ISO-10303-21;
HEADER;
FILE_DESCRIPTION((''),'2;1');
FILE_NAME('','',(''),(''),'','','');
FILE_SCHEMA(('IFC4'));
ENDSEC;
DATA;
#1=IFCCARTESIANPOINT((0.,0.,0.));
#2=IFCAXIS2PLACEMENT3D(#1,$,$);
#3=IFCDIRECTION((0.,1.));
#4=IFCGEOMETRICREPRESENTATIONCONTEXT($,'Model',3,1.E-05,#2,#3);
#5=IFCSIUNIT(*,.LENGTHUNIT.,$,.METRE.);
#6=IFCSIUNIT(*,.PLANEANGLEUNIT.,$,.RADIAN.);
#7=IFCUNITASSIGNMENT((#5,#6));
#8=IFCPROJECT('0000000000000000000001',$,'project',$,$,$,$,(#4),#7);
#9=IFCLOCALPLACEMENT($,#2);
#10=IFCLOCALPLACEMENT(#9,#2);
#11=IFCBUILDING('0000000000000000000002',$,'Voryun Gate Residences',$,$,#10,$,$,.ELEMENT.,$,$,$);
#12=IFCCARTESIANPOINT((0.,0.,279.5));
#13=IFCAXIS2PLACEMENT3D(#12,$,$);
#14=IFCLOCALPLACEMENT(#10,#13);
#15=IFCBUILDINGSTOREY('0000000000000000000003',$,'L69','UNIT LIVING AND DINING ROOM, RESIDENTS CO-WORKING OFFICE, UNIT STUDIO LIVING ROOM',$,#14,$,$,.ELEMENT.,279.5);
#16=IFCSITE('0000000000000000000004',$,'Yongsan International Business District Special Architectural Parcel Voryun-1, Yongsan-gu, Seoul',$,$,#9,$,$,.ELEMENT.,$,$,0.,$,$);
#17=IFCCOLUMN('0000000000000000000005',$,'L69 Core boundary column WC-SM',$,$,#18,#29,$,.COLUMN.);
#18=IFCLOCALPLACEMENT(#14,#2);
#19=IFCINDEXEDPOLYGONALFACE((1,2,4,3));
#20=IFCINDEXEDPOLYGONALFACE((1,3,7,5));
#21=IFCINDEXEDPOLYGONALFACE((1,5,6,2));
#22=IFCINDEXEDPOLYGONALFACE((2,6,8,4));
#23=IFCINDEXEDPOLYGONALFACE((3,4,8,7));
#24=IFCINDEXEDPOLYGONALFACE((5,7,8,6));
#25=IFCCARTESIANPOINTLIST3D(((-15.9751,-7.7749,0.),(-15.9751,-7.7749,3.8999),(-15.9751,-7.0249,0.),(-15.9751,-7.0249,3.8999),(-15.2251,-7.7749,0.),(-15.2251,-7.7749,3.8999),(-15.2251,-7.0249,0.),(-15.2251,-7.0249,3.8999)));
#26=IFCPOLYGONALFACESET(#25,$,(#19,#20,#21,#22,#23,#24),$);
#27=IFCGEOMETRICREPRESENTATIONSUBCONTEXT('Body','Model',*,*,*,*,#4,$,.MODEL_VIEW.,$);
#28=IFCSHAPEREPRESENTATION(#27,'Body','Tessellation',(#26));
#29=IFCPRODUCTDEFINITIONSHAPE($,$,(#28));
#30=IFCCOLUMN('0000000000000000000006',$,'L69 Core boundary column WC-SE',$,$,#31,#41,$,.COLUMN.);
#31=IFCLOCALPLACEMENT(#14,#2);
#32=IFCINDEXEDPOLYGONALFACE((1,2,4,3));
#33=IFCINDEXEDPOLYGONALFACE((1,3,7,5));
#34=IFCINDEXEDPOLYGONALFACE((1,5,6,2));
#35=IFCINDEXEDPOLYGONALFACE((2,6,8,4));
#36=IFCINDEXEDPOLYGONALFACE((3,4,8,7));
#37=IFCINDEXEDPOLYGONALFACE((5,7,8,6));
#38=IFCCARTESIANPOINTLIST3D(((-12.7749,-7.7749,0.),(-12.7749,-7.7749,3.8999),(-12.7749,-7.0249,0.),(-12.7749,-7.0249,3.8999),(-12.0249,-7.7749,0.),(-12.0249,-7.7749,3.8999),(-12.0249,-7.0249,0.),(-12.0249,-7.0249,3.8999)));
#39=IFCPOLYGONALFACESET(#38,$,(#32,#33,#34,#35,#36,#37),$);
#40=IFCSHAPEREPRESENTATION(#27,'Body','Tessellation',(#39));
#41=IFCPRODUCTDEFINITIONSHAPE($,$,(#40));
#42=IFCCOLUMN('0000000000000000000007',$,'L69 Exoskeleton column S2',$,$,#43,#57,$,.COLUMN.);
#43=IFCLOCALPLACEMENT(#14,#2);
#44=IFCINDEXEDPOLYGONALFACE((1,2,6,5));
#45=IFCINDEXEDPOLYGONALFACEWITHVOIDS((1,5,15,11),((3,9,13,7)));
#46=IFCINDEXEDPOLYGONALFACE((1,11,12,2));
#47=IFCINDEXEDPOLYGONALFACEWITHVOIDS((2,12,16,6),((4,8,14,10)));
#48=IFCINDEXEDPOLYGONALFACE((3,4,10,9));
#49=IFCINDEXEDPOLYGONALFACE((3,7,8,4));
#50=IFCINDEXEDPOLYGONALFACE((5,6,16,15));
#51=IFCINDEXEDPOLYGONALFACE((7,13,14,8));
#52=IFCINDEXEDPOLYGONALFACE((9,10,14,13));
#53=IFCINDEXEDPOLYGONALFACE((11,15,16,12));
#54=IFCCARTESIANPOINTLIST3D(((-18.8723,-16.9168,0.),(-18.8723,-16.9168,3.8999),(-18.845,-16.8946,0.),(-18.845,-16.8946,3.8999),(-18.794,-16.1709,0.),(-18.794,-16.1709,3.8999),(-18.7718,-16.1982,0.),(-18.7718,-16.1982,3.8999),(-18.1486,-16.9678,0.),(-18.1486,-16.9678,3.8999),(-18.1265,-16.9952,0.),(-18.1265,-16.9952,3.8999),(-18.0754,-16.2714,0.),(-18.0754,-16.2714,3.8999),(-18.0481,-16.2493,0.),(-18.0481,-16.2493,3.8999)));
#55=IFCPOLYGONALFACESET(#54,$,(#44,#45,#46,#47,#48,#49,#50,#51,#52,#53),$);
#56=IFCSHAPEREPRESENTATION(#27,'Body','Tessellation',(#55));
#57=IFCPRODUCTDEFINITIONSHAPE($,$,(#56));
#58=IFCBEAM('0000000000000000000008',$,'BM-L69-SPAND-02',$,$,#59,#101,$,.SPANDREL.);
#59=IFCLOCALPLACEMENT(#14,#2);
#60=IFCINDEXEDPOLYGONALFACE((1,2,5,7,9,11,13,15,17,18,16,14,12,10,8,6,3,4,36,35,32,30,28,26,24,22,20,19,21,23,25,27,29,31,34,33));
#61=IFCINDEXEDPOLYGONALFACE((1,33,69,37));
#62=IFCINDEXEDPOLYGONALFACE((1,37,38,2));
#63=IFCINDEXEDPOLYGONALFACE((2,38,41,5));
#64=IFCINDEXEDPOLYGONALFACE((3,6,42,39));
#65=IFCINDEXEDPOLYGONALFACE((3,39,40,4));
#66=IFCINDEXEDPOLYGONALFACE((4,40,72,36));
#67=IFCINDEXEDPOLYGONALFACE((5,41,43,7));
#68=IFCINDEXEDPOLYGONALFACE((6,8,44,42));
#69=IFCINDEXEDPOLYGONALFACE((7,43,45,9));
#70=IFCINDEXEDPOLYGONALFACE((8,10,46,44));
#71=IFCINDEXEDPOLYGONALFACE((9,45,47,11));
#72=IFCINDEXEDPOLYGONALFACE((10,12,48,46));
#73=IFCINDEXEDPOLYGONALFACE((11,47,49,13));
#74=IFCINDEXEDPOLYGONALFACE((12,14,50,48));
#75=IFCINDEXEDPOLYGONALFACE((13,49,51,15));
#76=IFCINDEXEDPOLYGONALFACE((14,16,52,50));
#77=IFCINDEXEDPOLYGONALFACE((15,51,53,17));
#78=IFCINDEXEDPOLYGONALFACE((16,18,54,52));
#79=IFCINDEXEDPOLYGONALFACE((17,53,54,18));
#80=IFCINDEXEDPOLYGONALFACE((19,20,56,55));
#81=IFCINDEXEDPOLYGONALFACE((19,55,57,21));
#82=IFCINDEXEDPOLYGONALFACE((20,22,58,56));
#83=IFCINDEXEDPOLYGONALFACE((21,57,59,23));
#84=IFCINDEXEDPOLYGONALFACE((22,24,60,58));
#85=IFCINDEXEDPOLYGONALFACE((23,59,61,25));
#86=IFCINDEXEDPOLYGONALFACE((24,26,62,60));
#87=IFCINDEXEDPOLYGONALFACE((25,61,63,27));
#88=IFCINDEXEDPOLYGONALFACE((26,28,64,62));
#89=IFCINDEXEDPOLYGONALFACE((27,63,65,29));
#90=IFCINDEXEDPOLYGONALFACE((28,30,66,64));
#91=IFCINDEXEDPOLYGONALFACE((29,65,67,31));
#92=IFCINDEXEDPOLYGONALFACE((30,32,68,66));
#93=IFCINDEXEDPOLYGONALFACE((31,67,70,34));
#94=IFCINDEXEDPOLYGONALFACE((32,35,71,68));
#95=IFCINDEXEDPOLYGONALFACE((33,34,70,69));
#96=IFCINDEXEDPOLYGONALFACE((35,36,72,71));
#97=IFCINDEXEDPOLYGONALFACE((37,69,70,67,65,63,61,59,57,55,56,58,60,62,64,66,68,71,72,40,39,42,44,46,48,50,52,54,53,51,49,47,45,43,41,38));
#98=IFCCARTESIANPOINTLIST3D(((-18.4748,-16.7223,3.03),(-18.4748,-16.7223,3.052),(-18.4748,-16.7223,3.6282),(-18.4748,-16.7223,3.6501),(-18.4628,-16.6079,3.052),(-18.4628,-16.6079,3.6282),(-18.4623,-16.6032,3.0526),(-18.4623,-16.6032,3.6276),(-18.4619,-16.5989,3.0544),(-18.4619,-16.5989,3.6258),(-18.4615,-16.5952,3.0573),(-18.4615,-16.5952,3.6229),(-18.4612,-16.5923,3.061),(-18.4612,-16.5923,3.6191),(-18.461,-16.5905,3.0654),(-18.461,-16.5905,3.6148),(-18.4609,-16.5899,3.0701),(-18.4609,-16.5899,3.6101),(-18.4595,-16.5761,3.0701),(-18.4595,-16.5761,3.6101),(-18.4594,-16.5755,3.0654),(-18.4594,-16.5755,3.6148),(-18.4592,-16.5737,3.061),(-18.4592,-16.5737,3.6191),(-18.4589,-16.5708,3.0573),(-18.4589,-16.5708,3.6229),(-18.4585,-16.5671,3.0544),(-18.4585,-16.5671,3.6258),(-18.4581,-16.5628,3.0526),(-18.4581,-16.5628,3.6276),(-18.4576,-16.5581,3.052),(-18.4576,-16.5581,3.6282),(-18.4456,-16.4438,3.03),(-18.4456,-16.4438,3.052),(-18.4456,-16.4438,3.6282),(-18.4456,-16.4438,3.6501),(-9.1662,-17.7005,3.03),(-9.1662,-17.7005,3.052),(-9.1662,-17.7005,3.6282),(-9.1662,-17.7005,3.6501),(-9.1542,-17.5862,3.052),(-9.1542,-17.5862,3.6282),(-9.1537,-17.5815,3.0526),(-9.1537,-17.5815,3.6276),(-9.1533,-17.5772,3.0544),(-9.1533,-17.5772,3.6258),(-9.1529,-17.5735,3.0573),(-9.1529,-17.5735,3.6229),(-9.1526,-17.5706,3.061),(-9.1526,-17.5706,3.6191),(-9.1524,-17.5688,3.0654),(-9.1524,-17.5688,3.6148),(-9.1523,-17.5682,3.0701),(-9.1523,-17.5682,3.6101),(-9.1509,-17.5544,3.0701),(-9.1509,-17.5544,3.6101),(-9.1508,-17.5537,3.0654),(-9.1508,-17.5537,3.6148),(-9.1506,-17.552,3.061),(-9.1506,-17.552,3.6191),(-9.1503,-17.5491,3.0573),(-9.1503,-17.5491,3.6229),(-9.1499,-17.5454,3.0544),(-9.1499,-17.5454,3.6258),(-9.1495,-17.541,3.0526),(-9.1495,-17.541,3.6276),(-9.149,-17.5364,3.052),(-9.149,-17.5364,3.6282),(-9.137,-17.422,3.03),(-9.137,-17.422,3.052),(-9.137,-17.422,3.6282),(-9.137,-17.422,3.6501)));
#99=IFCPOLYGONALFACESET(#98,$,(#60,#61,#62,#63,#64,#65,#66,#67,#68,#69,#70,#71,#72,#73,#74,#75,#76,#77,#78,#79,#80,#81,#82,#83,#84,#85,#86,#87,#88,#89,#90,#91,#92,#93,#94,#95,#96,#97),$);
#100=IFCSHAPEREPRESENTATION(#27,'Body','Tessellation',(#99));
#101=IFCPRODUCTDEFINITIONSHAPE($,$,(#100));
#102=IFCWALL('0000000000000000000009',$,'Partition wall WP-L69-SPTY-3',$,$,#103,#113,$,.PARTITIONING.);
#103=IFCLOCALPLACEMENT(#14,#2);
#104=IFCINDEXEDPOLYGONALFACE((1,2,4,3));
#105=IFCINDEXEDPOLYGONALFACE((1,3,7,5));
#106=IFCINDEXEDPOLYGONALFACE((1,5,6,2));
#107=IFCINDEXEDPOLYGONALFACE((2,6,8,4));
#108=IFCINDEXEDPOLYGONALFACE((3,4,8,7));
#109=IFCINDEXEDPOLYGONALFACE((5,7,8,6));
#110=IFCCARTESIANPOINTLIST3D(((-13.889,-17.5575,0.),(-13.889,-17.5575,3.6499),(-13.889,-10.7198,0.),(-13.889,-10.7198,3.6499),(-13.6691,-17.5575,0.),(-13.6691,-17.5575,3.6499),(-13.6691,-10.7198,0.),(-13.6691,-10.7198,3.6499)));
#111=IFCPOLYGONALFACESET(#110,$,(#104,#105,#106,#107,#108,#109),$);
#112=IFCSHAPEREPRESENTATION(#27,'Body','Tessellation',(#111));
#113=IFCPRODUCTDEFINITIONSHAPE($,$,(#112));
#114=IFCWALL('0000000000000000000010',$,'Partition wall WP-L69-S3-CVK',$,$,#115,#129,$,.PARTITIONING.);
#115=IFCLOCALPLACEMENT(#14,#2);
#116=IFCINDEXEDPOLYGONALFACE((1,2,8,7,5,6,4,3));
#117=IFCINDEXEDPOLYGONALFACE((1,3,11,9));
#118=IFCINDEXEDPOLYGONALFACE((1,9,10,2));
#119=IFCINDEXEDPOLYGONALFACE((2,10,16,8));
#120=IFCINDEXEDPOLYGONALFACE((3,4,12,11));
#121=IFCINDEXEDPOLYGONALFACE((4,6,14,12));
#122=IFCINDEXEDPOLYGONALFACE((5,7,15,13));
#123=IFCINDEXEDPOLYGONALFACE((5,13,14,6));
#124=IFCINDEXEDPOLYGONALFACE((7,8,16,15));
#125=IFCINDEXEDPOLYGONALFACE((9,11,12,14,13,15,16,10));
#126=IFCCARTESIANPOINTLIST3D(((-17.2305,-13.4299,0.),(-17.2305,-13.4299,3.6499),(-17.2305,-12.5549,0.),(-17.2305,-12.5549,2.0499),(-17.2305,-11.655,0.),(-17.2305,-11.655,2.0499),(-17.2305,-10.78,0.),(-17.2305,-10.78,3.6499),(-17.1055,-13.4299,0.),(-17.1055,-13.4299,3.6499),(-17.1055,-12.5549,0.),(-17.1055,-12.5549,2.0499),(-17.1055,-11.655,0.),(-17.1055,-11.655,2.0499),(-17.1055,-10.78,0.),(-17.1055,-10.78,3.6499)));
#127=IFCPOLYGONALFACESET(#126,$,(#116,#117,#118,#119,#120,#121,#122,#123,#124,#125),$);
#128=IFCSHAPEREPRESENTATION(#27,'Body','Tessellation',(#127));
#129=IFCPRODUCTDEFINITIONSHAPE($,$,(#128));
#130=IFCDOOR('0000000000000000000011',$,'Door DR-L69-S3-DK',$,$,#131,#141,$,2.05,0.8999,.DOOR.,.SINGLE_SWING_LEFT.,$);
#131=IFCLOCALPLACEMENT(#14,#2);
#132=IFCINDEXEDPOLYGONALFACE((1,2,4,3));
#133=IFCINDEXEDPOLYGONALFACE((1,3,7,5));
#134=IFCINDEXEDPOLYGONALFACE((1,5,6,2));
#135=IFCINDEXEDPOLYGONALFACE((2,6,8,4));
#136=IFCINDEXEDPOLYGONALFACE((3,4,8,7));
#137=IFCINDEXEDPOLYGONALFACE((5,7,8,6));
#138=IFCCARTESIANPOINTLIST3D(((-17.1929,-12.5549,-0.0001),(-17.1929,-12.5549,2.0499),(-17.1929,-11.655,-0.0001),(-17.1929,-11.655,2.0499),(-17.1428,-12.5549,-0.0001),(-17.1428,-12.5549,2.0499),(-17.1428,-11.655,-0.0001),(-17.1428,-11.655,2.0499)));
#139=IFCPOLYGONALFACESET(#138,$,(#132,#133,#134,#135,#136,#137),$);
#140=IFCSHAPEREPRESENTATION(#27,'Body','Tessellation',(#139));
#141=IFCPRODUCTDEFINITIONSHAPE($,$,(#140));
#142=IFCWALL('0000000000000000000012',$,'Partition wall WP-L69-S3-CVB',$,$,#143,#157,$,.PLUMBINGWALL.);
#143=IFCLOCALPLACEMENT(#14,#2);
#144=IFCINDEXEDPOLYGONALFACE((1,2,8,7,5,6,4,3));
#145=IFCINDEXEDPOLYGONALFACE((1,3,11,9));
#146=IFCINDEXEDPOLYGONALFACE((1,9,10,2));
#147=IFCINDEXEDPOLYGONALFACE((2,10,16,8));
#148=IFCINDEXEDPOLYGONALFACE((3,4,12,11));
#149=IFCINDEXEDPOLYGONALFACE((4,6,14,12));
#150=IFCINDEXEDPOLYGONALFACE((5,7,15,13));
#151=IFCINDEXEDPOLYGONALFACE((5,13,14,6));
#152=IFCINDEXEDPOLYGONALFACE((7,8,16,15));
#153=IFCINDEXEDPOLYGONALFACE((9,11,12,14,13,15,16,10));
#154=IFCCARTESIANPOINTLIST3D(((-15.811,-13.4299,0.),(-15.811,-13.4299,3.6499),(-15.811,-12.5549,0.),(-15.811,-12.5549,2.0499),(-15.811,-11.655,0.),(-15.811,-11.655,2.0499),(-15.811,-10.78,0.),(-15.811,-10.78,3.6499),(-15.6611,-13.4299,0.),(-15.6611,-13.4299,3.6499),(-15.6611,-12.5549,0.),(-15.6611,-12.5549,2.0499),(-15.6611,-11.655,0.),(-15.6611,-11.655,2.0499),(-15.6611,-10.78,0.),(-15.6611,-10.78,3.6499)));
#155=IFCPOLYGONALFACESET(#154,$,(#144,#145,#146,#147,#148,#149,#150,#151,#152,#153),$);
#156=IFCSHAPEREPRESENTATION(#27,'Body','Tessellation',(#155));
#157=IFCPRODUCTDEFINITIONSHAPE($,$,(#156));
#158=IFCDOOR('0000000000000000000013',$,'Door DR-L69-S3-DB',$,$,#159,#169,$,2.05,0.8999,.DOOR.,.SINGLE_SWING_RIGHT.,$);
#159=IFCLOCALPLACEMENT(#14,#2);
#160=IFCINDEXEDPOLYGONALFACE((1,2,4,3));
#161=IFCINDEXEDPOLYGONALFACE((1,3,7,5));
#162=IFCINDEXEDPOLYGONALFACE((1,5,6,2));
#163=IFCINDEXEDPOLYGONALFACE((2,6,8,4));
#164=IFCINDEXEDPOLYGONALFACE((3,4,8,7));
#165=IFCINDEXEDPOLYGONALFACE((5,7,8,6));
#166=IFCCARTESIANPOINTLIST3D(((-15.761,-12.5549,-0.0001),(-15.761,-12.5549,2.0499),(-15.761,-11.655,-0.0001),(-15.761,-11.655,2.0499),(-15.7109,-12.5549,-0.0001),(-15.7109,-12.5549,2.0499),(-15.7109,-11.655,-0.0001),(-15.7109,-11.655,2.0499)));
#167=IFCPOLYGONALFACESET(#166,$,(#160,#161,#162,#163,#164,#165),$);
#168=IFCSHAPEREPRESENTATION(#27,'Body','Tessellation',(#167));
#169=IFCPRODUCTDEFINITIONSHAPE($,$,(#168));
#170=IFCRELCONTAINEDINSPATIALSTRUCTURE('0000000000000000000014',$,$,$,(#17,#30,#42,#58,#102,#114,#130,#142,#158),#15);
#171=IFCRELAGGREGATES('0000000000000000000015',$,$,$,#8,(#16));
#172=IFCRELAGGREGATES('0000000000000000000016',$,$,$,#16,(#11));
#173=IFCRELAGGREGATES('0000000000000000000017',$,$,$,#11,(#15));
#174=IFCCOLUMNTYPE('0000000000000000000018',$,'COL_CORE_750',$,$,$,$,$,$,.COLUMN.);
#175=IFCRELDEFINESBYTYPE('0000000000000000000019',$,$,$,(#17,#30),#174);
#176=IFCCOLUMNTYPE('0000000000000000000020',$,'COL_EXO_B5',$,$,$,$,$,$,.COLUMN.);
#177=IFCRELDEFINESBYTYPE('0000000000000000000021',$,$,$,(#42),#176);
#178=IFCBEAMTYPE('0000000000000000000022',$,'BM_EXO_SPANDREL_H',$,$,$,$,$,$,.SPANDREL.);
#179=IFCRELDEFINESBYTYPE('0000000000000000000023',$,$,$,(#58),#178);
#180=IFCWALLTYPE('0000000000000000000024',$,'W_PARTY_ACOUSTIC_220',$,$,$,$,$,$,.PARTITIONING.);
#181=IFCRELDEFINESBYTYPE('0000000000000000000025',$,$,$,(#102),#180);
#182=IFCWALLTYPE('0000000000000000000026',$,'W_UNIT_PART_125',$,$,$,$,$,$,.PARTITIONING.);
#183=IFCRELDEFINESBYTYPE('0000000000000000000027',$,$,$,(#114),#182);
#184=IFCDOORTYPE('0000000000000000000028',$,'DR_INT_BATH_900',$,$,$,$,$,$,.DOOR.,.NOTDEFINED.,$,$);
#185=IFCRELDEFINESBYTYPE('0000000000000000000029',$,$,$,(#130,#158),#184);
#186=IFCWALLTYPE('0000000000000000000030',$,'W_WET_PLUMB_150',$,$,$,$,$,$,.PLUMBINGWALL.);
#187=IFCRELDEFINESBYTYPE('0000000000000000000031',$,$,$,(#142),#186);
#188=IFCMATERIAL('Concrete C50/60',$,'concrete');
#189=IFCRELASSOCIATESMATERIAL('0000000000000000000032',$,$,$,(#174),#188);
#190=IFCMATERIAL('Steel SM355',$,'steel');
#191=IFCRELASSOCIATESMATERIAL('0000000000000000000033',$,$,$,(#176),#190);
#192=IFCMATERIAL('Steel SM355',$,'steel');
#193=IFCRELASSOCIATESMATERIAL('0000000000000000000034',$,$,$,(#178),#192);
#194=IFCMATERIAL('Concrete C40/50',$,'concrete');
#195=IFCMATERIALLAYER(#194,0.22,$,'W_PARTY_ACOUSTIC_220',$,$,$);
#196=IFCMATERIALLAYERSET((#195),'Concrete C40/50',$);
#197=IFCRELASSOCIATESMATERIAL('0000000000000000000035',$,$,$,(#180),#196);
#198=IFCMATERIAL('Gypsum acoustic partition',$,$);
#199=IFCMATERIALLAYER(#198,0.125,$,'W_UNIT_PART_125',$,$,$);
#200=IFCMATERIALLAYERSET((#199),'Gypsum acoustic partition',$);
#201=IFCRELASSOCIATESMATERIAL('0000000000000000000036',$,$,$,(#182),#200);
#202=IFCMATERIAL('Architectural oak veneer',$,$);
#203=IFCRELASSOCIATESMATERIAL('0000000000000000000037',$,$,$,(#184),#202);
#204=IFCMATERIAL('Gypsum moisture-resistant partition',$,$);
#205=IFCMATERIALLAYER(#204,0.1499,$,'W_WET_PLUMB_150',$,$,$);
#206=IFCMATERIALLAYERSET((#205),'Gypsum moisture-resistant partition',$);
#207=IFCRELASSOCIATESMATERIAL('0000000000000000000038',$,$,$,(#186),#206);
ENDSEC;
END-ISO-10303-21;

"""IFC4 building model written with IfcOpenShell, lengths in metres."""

from ifc_helpers import new_model, si_unit, direction, frame, frame_2d, origin, origin_2d, place, context, subcontext, project, spatial, rectangle, hollow_rectangle, i_section, extrude, material, layer, layer_set, material_profile, profile_set, type_object, element, fill, save


model = new_model("IFC4")

# Units and contexts
model_context = context("Model", 3, precision=1e-05, world=origin(), true_north=direction((0.0, 1.0)))
body_context = subcontext(model_context, "Body", "Model", "MODEL_VIEW")
ifc_project = project(units=[si_unit("LENGTHUNIT", "METRE"), si_unit("PLANEANGLEUNIT", "RADIAN")], contexts=[model_context])

# Site, building, storey
site_placement = place(None, origin())
site = spatial("IfcSite", under=ifc_project, at=site_placement, Name="Yongsan International Business District Special Architectural Parcel Voryun-1, Yongsan-gu, Seoul", CompositionType="ELEMENT", RefElevation=0.0)
building_placement = place(site_placement, origin())
building = spatial("IfcBuilding", under=site, at=building_placement, Name="Voryun Gate Residences", CompositionType="ELEMENT")
storey_placement = place(building_placement, frame((0.0, 0.0, 279.5)))
storey = spatial("IfcBuildingStorey", under=building, at=storey_placement, Name="L69", Description="UNIT LIVING AND DINING ROOM, RESIDENTS CO-WORKING OFFICE, UNIT STUDIO LIVING ROOM", CompositionType="ELEMENT", Elevation=279.5)

# Columns
ifc_material_1 = material(Name="Concrete C50/60", Category="concrete")
ifc_material_profile_1 = material_profile(ifc_material_1, rectangle(XDim=0.75, YDim=0.75, at=origin_2d()), Name="RC-750x750")
ifc_profile_set_1 = profile_set([ifc_material_profile_1], Name="Concrete C50/60")
column_type_1 = type_object("IfcColumnType", Name="COL_CORE_750", PredefinedType="COLUMN", material=ifc_profile_set_1)
for number, where, z_axis, x_axis, name in (
    (1, (-15.6001, -7.3999, 0.0), (0.0, 0.0, 1.0), (1.0, 0.0, 0.0), "L69 Core boundary column WC-SM"),
    (2, (-12.3999, -7.3999, 0.0), (0.0, 0.0, 1.0), (1.0, 0.0, 0.0), "L69 Core boundary column WC-SE"),
):
    element("IfcColumn", number, at=place(storey_placement, frame(where, z_axis=z_axis, x_axis=x_axis)), inside=storey, type_object=column_type_1, Name=name, PredefinedType="COLUMN", context=body_context, shape_type="SweptSolid", body=[
        extrude(rectangle(XDim=0.75, YDim=0.75, at=origin_2d()), origin(), (0.0, 0.0, 1.0), 3.8999),
    ])
ifc_material_2 = material(Name="Steel SM355", Category="steel")
ifc_material_profile_2 = material_profile(ifc_material_2, hollow_rectangle(XDim=0.75, YDim=0.75, WallThickness=0.0249, at=origin_2d()), Name="BOX-750x750x25")
ifc_profile_set_2 = profile_set([ifc_material_profile_2], Name="Steel SM355")
column_type_2 = type_object("IfcColumnType", Name="COL_EXO_B5", PredefinedType="COLUMN", material=ifc_profile_set_2)
column_placement = place(storey_placement, frame((-18.4602, -16.583, 0.0), z_axis=(0.0, 0.0, 1.0), x_axis=(0.994522, -0.104528, 0.0)))
element("IfcColumn", 3, at=column_placement, inside=storey, type_object=column_type_2, Name="L69 Exoskeleton column S2", PredefinedType="COLUMN", context=body_context, shape_type="SweptSolid", body=[
    extrude(hollow_rectangle(XDim=0.75, YDim=0.75, WallThickness=0.0249, at=origin_2d()), origin(), (0.0, 0.0, 1.0), 3.8999),
])

# Beam
ifc_material_3 = material(Name="Steel SM355", Category="steel")
ifc_material_profile_3 = material_profile(ifc_material_3, i_section(OverallWidth=0.28, OverallDepth=0.6201, WebThickness=0.0139, FlangeThickness=0.022, FilletRadius=0.0181, at=origin_2d()), Name="H-620x280x14x22")
ifc_profile_set_3 = profile_set([ifc_material_profile_3], Name="Steel SM355")
beam_type = type_object("IfcBeamType", Name="BM_EXO_SPANDREL_H", PredefinedType="SPANDREL", material=ifc_profile_set_3)
beam_placement = place(storey_placement, frame((-18.4602, -16.583, 3.3401), z_axis=(0.994523, -0.104518, 0.0), x_axis=(0.104518, 0.994523, 0.0)))
element("IfcBeam", 4, at=beam_placement, inside=storey, type_object=beam_type, Name="BM-L69-SPAND-02", PredefinedType="SPANDREL", context=body_context, shape_type="SweptSolid", body=[
    extrude(i_section(OverallWidth=0.28, OverallDepth=0.6201, WebThickness=0.0139, FlangeThickness=0.022, FilletRadius=0.0181, at=origin_2d()), origin(), (0.0, 0.0, 1.0), 9.3599),
])

# Wall
ifc_material_4 = material(Name="Concrete C40/50", Category="concrete")
ifc_layer_1 = layer(ifc_material_4, 0.22, Name="W_PARTY_ACOUSTIC_220")
ifc_layer_set_1 = layer_set([ifc_layer_1], Name="Concrete C40/50")
wall_type_1 = type_object("IfcWallType", Name="W_PARTY_ACOUSTIC_220", PredefinedType="PARTITIONING", material=ifc_layer_set_1)
wall_1_placement = place(storey_placement, frame((-13.7791, -17.5576, 0.0), z_axis=(0.0, 0.0, 1.0), x_axis=(0.0, 1.0, 0.0)))
element("IfcWall", 5, at=wall_1_placement, inside=storey, type_object=wall_type_1, Name="Partition wall WP-L69-SPTY-3", PredefinedType="PARTITIONING", context=body_context, shape_type="SweptSolid", body=[
    extrude(rectangle(XDim=6.8376, YDim=0.22, at=frame_2d((3.4189, 0.0))), origin(), (0.0, 0.0, 1.0), 3.6499),
])

# Walls, openings, doors
ifc_material_5 = material(Name="Gypsum acoustic partition")
ifc_layer_2 = layer(ifc_material_5, 0.125, Name="W_UNIT_PART_125")
ifc_layer_set_2 = layer_set([ifc_layer_2], Name="Gypsum acoustic partition")
wall_type_2 = type_object("IfcWallType", Name="W_UNIT_PART_125", PredefinedType="PARTITIONING", material=ifc_layer_set_2)
wall_2_placement = place(storey_placement, frame((-17.168, -13.4299, 0.0), z_axis=(0.0, 0.0, 1.0), x_axis=(0.0, 1.0, 0.0)))
wall_2 = element("IfcWall", 6, at=wall_2_placement, inside=storey, type_object=wall_type_2, Name="Partition wall WP-L69-S3-CVK", PredefinedType="PARTITIONING", context=body_context, shape_type="SweptSolid", body=[
    extrude(rectangle(XDim=2.6499, YDim=0.125, at=frame_2d((1.325, 0.0))), origin(), (0.0, 0.0, 1.0), 3.6499),
])
opening_1_placement = place(wall_2_placement, frame((0.875, 0.0, 0.0)))
opening_1 = element("IfcOpeningElement", 7, at=opening_1_placement, cuts=wall_2, PredefinedType="OPENING", context=body_context, shape_type="SweptSolid", body=[
    extrude(rectangle(XDim=0.8999, YDim=2.05, at=frame_2d((0.45, 1.0249))), frame((0.0, 0.0725, 0.0), z_axis=(0.0, -1.0, 0.0), x_axis=(1.0, 0.0, 0.0)), (0.0, 0.0, 1.0), 0.145),
])
ifc_material_6 = material(Name="Architectural oak veneer")
door_type = type_object("IfcDoorType", Name="DR_INT_BATH_900", OperationType="NOTDEFINED", PredefinedType="DOOR", material=ifc_material_6)
door_1_placement = place(opening_1_placement, origin())
door_1 = element("IfcDoor", 8, at=door_1_placement, inside=storey, type_object=door_type, Name="Door DR-L69-S3-DK", OperationType="SINGLE_SWING_LEFT", OverallHeight=2.05, OverallWidth=0.8999, PredefinedType="DOOR", context=body_context, shape_type="SweptSolid", body=[
    extrude(rectangle(XDim=0.8999, YDim=2.05, at=frame_2d((0.45, 1.0249))), frame((0.0, 0.0249, 0.0), z_axis=(0.0, -1.0, 0.0), x_axis=(1.0, 0.0, 0.0)), (0.0, 0.0, 1.0), 0.05),
])
fill(opening_1, door_1)
ifc_material_7 = material(Name="Gypsum moisture-resistant partition")
ifc_layer_3 = layer(ifc_material_7, 0.1499, Name="W_WET_PLUMB_150")
ifc_layer_set_3 = layer_set([ifc_layer_3], Name="Gypsum moisture-resistant partition")
wall_type_3 = type_object("IfcWallType", Name="W_WET_PLUMB_150", PredefinedType="PLUMBINGWALL", material=ifc_layer_set_3)
wall_3_placement = place(storey_placement, frame((-15.7361, -13.4299, 0.0), z_axis=(0.0, 0.0, 1.0), x_axis=(0.0, 1.0, 0.0)))
wall_3 = element("IfcWall", 9, at=wall_3_placement, inside=storey, type_object=wall_type_3, Name="Partition wall WP-L69-S3-CVB", PredefinedType="PLUMBINGWALL", context=body_context, shape_type="SweptSolid", body=[
    extrude(rectangle(XDim=2.6499, YDim=0.1499, at=frame_2d((1.325, 0.0))), origin(), (0.0, 0.0, 1.0), 3.6499),
])
opening_2_placement = place(wall_3_placement, frame((0.875, 0.0, 0.0)))
opening_2 = element("IfcOpeningElement", 10, at=opening_2_placement, cuts=wall_3, PredefinedType="OPENING", context=body_context, shape_type="SweptSolid", body=[
    extrude(rectangle(XDim=0.8999, YDim=2.05, at=frame_2d((0.45, 1.0249))), frame((0.0, 0.085, 0.0), z_axis=(0.0, -1.0, 0.0), x_axis=(1.0, 0.0, 0.0)), (0.0, 0.0, 1.0), 0.1699),
])
door_2_placement = place(opening_2_placement, origin())
door_2 = element("IfcDoor", 11, at=door_2_placement, inside=storey, type_object=door_type, Name="Door DR-L69-S3-DB", OperationType="SINGLE_SWING_RIGHT", OverallHeight=2.05, OverallWidth=0.8999, PredefinedType="DOOR", context=body_context, shape_type="SweptSolid", body=[
    extrude(rectangle(XDim=0.8999, YDim=2.05, at=frame_2d((0.45, 1.0249))), frame((0.0, 0.0249, 0.0), z_axis=(0.0, -1.0, 0.0), x_axis=(1.0, 0.0, 0.0)), (0.0, 0.0, 1.0), 0.05),
])
fill(opening_2, door_2)

save(model, "model.ifc")
